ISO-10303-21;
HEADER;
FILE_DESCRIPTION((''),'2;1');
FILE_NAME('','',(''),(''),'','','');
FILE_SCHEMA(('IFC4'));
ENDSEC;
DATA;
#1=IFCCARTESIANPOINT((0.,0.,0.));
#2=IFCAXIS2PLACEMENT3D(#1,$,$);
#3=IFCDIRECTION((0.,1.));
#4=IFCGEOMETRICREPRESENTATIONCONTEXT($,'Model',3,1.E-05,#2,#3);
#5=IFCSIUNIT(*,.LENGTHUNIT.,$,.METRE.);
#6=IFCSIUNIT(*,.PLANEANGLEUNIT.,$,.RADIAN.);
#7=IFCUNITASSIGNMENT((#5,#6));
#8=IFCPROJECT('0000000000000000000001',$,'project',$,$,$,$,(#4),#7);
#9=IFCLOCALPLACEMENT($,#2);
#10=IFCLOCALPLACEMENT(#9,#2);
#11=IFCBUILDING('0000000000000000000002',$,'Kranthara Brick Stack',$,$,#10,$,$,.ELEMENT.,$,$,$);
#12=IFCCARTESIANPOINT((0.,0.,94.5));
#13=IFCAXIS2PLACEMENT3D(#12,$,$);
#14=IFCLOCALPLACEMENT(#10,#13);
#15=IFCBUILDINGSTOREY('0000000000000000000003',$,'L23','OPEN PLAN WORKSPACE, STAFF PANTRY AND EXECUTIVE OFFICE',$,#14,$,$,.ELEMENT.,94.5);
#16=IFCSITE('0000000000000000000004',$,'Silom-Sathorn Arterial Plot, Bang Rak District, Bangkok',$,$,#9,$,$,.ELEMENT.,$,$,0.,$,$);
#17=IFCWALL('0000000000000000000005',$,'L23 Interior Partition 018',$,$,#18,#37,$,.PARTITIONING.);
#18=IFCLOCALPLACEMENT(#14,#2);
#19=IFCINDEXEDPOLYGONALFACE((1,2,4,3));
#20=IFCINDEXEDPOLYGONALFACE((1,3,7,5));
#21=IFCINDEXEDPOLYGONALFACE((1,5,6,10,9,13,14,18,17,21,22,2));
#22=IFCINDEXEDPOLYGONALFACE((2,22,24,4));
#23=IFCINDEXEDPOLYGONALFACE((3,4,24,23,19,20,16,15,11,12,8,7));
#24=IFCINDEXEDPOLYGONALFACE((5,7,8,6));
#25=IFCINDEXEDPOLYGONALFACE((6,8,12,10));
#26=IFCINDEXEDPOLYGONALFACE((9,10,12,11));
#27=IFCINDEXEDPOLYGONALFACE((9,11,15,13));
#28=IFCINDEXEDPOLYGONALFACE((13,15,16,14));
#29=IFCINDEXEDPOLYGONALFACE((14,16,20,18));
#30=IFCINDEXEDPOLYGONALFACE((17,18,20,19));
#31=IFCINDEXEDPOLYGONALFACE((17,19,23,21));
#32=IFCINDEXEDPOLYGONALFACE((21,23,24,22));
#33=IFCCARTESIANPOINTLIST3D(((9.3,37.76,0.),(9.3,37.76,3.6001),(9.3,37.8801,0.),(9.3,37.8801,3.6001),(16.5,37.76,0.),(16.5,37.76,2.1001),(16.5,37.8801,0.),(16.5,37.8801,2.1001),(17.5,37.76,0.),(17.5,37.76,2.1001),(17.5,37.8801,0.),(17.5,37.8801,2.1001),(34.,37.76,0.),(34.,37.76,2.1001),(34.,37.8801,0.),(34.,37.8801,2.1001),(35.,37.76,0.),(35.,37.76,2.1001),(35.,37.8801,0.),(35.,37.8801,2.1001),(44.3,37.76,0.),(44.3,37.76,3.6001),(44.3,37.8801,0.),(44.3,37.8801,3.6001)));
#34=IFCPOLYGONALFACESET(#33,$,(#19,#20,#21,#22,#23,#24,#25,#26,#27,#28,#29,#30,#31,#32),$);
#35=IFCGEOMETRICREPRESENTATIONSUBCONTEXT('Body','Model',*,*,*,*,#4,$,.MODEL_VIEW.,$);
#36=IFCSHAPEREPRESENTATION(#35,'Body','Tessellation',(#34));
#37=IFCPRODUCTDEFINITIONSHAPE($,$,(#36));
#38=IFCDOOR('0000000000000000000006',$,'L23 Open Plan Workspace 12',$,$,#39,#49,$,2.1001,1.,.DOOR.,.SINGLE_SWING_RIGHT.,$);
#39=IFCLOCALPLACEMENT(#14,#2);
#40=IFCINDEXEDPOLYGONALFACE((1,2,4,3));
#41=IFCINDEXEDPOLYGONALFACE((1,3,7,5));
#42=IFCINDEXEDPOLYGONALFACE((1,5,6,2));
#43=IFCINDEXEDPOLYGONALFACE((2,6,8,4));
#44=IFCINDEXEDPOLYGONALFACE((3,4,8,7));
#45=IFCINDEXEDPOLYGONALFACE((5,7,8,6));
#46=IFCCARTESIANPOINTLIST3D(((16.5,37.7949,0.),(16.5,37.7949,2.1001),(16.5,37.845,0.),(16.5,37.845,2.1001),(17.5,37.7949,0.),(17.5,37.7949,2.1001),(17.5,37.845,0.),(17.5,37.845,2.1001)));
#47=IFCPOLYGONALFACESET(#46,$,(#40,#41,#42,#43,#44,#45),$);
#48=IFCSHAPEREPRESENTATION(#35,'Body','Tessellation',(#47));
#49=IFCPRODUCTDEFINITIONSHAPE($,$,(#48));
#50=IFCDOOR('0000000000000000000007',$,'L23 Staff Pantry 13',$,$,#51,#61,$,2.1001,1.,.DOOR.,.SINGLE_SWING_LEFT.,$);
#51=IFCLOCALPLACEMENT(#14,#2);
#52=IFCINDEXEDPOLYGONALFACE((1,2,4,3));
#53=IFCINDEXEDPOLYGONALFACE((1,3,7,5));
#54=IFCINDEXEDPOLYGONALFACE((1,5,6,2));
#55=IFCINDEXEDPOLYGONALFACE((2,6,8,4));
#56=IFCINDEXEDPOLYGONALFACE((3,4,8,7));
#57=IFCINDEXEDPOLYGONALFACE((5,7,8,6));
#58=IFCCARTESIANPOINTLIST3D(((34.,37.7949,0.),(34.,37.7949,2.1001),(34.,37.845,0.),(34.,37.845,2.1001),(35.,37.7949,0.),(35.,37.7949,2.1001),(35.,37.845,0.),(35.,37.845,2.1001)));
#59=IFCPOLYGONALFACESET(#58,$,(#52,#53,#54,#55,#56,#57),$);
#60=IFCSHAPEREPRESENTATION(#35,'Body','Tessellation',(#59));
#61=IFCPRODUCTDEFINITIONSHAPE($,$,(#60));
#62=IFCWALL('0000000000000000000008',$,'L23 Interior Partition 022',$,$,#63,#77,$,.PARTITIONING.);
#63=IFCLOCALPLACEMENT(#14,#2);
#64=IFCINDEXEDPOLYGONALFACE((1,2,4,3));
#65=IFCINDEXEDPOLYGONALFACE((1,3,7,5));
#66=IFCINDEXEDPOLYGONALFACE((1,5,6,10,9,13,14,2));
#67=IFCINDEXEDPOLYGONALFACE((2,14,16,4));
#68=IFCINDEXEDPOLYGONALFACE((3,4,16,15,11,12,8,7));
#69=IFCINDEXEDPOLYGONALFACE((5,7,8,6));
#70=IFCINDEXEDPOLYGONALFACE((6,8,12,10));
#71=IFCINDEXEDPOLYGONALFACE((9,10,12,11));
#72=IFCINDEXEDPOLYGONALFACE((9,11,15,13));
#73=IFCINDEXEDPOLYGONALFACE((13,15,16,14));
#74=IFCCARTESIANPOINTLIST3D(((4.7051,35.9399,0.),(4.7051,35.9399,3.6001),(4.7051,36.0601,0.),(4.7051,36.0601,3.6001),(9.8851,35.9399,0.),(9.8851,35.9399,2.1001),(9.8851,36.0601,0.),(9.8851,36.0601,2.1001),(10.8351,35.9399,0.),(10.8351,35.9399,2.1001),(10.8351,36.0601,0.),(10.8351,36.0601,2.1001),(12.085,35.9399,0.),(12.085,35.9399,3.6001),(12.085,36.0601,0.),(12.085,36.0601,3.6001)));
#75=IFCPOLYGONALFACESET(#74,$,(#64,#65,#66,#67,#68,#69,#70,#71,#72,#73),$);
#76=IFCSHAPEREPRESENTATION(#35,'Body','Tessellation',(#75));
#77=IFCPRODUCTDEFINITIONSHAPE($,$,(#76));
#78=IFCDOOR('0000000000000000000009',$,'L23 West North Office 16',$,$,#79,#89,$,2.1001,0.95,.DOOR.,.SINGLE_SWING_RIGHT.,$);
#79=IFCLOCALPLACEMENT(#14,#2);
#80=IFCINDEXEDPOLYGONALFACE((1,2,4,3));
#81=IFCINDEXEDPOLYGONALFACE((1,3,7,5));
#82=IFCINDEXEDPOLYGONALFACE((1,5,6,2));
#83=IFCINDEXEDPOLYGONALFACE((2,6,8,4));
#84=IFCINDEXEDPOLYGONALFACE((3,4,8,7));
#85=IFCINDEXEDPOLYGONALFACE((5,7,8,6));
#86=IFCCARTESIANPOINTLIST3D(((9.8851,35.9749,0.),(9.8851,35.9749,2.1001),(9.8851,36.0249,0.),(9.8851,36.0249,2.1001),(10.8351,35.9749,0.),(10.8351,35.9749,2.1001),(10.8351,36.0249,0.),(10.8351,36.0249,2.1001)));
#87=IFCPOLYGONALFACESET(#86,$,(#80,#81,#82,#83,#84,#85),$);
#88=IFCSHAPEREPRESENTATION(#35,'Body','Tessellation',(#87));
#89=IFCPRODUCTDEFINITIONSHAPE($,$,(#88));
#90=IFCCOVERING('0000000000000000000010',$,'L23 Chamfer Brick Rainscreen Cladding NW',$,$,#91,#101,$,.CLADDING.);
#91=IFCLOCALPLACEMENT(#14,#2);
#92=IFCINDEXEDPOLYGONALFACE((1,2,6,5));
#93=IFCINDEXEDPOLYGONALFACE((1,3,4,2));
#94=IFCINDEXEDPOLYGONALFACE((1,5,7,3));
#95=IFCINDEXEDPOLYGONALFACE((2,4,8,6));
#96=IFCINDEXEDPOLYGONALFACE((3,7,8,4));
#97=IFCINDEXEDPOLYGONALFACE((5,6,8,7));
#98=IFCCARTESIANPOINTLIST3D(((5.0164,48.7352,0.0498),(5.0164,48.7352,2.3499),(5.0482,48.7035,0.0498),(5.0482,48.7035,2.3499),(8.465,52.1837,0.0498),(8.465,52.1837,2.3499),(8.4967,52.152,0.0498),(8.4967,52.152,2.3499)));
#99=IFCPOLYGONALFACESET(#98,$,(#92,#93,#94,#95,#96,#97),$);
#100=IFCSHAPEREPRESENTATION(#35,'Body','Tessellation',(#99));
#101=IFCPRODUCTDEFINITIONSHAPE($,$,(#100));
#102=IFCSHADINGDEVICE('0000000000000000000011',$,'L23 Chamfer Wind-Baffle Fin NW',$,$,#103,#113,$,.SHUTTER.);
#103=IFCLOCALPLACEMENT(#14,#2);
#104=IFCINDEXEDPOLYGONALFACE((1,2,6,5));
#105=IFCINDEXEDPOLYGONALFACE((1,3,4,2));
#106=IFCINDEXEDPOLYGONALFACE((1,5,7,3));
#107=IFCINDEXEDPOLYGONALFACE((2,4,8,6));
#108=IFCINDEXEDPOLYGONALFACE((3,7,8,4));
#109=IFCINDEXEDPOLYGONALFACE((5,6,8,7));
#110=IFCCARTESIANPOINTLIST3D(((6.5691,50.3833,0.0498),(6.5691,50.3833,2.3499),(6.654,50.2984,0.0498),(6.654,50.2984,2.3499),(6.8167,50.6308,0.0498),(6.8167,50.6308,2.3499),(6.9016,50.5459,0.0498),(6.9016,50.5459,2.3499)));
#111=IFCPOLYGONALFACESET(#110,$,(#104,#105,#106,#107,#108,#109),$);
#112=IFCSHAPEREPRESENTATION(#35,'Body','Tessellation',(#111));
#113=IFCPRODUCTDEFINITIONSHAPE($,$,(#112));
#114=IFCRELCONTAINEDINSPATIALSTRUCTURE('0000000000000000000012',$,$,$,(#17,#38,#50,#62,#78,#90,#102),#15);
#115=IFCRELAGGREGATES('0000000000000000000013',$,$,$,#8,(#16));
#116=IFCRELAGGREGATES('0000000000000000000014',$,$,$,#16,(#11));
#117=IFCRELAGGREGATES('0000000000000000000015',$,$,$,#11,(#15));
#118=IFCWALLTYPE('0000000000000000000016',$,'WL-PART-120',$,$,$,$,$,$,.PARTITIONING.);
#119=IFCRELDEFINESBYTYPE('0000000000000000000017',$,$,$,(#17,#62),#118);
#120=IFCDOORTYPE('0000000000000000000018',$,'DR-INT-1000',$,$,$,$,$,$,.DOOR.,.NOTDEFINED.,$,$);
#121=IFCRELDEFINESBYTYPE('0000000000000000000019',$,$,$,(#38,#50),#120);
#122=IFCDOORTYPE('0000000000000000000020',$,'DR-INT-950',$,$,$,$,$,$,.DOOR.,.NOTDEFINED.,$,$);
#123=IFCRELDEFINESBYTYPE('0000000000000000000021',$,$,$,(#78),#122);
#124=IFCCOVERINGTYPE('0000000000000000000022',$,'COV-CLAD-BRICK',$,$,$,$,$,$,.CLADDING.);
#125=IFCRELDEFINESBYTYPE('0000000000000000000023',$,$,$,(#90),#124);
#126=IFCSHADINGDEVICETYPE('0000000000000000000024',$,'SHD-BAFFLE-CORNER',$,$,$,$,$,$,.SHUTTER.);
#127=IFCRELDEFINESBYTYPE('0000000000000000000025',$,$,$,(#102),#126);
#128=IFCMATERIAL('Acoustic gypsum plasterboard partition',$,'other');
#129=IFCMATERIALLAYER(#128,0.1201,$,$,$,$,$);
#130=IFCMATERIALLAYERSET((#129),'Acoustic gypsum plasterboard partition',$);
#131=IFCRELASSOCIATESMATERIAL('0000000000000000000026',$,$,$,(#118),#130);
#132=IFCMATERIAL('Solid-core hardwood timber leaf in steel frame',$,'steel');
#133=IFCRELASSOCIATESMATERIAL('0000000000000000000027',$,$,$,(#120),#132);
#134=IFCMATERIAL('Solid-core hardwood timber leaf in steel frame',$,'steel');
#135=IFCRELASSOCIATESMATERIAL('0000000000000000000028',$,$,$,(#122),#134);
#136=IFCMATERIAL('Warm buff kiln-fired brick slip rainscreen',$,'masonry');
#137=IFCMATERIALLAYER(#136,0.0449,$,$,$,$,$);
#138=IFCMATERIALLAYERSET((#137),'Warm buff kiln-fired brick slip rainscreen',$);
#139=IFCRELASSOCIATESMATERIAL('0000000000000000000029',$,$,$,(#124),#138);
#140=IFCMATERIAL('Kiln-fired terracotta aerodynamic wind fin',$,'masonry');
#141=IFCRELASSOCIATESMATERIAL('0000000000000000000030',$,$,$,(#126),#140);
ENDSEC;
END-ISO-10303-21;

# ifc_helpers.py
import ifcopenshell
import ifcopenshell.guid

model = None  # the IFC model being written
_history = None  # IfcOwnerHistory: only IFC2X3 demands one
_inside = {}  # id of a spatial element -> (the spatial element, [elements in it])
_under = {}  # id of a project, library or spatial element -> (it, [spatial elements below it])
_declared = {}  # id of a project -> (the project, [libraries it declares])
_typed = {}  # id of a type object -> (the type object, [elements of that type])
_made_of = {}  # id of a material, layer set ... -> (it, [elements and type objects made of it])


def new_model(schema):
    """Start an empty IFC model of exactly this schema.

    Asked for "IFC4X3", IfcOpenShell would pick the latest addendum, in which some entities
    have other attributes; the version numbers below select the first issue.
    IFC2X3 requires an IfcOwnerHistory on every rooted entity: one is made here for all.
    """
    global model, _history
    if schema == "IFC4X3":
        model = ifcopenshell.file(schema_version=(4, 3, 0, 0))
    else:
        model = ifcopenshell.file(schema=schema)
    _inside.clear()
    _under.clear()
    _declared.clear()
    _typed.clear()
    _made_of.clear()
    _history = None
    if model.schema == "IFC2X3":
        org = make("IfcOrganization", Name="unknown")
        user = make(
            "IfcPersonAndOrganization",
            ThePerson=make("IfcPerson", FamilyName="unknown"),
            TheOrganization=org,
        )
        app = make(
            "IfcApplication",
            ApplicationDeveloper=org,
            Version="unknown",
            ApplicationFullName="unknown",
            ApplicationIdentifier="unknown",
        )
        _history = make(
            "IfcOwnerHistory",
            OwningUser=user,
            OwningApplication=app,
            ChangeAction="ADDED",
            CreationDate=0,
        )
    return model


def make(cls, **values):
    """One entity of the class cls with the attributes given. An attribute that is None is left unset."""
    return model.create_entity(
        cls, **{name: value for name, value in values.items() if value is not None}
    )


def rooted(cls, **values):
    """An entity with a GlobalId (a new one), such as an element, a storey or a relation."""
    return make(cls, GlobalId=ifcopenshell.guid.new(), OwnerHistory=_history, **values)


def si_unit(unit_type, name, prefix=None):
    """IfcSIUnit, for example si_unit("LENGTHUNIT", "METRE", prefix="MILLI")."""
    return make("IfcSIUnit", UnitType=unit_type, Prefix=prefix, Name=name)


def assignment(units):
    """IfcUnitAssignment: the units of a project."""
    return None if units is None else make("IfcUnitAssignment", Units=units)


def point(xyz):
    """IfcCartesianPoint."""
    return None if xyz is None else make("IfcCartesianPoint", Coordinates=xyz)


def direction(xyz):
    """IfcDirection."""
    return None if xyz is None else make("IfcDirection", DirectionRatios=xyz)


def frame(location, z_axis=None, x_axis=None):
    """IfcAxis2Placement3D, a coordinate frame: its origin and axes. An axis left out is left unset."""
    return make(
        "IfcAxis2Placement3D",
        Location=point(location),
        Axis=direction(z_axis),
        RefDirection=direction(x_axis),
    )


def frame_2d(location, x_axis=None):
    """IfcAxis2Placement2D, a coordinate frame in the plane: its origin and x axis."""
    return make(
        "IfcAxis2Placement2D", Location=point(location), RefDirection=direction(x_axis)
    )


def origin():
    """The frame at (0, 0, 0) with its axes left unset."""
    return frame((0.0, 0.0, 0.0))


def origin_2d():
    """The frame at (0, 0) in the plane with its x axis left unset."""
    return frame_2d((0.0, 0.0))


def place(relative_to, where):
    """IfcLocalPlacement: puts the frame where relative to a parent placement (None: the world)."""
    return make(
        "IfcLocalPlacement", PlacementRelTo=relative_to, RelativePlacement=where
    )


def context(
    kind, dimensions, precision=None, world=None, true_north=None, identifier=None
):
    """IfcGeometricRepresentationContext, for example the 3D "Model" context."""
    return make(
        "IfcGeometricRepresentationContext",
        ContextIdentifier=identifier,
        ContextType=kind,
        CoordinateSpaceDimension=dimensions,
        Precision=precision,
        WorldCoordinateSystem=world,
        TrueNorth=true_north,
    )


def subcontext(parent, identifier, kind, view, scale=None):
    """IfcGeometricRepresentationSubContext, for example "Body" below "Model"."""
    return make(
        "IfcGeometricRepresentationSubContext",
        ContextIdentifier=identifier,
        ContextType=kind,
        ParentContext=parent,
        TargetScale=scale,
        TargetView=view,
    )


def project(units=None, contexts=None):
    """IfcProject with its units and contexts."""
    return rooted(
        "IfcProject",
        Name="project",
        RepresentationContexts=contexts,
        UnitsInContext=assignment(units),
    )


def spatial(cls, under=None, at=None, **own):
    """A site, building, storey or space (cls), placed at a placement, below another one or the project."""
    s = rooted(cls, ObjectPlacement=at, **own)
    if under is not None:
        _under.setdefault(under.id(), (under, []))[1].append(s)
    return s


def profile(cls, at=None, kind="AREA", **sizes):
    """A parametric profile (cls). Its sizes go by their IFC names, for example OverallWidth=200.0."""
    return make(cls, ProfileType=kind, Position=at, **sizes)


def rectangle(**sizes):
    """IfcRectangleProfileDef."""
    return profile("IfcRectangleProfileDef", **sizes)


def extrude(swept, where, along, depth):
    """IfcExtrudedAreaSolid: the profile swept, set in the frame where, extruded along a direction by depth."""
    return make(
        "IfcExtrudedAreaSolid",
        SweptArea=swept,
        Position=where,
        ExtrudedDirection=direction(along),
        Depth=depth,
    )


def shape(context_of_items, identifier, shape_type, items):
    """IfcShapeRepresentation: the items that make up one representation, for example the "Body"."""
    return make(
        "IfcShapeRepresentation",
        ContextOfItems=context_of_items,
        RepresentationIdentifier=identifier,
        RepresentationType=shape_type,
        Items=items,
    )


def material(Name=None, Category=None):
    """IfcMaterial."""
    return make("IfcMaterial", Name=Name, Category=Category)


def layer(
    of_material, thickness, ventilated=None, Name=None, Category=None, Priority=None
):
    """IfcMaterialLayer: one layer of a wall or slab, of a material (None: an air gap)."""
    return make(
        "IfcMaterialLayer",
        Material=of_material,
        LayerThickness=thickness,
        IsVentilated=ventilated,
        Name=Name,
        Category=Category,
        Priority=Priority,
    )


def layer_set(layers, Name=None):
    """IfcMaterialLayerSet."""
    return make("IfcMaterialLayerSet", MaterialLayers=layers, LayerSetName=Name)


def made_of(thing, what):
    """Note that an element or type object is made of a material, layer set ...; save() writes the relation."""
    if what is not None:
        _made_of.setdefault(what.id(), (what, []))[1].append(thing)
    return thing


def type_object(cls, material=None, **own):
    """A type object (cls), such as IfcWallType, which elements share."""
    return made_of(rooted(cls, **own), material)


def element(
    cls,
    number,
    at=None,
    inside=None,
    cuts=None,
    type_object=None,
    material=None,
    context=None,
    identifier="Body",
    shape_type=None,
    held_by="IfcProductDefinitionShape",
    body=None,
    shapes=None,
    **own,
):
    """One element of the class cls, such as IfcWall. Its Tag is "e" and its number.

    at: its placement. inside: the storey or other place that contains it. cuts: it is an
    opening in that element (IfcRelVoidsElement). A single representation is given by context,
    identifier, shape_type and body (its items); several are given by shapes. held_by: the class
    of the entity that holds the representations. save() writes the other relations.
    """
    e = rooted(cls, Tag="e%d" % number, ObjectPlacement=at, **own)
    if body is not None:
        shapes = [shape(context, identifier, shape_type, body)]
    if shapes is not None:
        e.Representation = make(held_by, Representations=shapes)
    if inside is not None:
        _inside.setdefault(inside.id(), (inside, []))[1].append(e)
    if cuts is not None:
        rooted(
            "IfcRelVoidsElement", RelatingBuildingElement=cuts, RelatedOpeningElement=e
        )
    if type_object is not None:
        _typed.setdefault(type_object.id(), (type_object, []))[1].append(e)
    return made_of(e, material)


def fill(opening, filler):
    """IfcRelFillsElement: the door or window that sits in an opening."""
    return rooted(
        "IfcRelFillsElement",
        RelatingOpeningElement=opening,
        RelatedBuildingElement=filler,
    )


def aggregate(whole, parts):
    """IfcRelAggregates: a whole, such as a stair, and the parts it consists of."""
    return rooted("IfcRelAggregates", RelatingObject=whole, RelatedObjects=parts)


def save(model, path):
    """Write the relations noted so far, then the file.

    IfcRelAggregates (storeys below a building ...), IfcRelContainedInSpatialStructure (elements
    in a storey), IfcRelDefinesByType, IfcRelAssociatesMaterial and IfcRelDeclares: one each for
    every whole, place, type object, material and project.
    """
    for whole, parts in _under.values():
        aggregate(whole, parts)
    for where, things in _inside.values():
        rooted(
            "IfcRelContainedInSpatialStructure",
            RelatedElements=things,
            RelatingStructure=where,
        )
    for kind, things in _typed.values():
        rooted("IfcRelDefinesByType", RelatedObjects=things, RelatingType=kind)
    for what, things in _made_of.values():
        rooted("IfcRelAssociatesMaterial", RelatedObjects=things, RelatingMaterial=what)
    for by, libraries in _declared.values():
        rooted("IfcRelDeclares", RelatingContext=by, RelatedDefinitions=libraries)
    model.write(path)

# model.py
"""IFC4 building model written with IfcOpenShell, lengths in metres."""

from ifc_helpers import new_model, si_unit, direction, frame, frame_2d, origin, origin_2d, place, context, subcontext, project, spatial, rectangle, extrude, material, layer, layer_set, type_object, element, fill, save


model = new_model("IFC4")

# Units and contexts
model_context = context("Model", 3, precision=1e-05, world=origin(), true_north=direction((0.0, 1.0)))
body_context = subcontext(model_context, "Body", "Model", "MODEL_VIEW")
ifc_project = project(units=[si_unit("LENGTHUNIT", "METRE"), si_unit("PLANEANGLEUNIT", "RADIAN")], contexts=[model_context])

# Site, building, storey
site_placement = place(None, origin())
site = spatial("IfcSite", under=ifc_project, at=site_placement, Name="Silom-Sathorn Arterial Plot, Bang Rak District, Bangkok", CompositionType="ELEMENT", RefElevation=0.0)
building_placement = place(site_placement, origin())
building = spatial("IfcBuilding", under=site, at=building_placement, Name="Kranthara Brick Stack", CompositionType="ELEMENT")
storey_placement = place(building_placement, frame((0.0, 0.0, 94.5)))
storey = spatial("IfcBuildingStorey", under=building, at=storey_placement, Name="L23", Description="OPEN PLAN WORKSPACE, STAFF PANTRY AND EXECUTIVE OFFICE", CompositionType="ELEMENT", Elevation=94.5)

# Wall, openings, doors
ifc_material_1 = material(Name="Acoustic gypsum plasterboard partition", Category="other")
ifc_layer_1 = layer(ifc_material_1, 0.1201)
ifc_layer_set_1 = layer_set([ifc_layer_1], Name="Acoustic gypsum plasterboard partition")
wall_type_1 = type_object("IfcWallType", Name="WL-PART-120", PredefinedType="PARTITIONING", material=ifc_layer_set_1)
wall_1_placement = place(storey_placement, frame((9.3, 37.8201, 0.0), z_axis=(0.0, 0.0, 1.0), x_axis=(1.0, 0.0, 0.0)))
wall_1 = element("IfcWall", 1, at=wall_1_placement, inside=storey, type_object=wall_type_1, Name="L23 Interior Partition 018", PredefinedType="PARTITIONING", context=body_context, shape_type="SweptSolid", body=[
    extrude(rectangle(XDim=35.0, YDim=0.1201, at=frame_2d((17.5, 0.0))), origin(), (0.0, 0.0, 1.0), 3.6001),
])
opening_1_placement = place(wall_1_placement, frame((7.2, 0.0, 0.0)))
opening_1 = element("IfcOpeningElement", 2, at=opening_1_placement, cuts=wall_1, PredefinedType="OPENING", context=body_context, shape_type="SweptSolid", body=[
    extrude(rectangle(XDim=1.0, YDim=2.1001, at=frame_2d((0.5, 1.05))), frame((0.0, 0.0701, 0.0), z_axis=(0.0, -1.0, 0.0), x_axis=(1.0, 0.0, 0.0)), (0.0, 0.0, 1.0), 0.1401),
])
opening_2_placement = place(wall_1_placement, frame((24.7, 0.0, 0.0)))
opening_2 = element("IfcOpeningElement", 3, at=opening_2_placement, cuts=wall_1, PredefinedType="OPENING", context=body_context, shape_type="SweptSolid", body=[
    extrude(rectangle(XDim=1.0, YDim=2.1001, at=frame_2d((0.5, 1.05))), frame((0.0, 0.0701, 0.0), z_axis=(0.0, -1.0, 0.0), x_axis=(1.0, 0.0, 0.0)), (0.0, 0.0, 1.0), 0.1401),
])
ifc_material_2 = material(Name="Solid-core hardwood timber leaf in steel frame", Category="steel")
door_type_1 = type_object("IfcDoorType", Name="DR-INT-1000", OperationType="NOTDEFINED", PredefinedType="DOOR", material=ifc_material_2)
door_1_placement = place(opening_1_placement, origin())
door_1 = element("IfcDoor", 4, at=door_1_placement, inside=storey, type_object=door_type_1, Name="L23 Open Plan Workspace 12", OperationType="SINGLE_SWING_RIGHT", OverallHeight=2.1001, OverallWidth=1.0, PredefinedType="DOOR", context=body_context, shape_type="SweptSolid", body=[
    extrude(rectangle(XDim=1.0, YDim=2.1001, at=frame_2d((0.5, 1.05))), frame((0.0, 0.0249, 0.0), z_axis=(0.0, -1.0, 0.0), x_axis=(1.0, 0.0, 0.0)), (0.0, 0.0, 1.0), 0.05),
])
fill(opening_1, door_1)
door_2_placement = place(opening_2_placement, origin())
door_2 = element("IfcDoor", 5, at=door_2_placement, inside=storey, type_object=door_type_1, Name="L23 Staff Pantry 13", OperationType="SINGLE_SWING_LEFT", OverallHeight=2.1001, OverallWidth=1.0, PredefinedType="DOOR", context=body_context, shape_type="SweptSolid", body=[
    extrude(rectangle(XDim=1.0, YDim=2.1001, at=frame_2d((0.5, 1.05))), frame((0.0, 0.0249, 0.0), z_axis=(0.0, -1.0, 0.0), x_axis=(1.0, 0.0, 0.0)), (0.0, 0.0, 1.0), 0.05),
])
fill(opening_2, door_2)

# Wall, opening, door
wall_2_placement = place(storey_placement, frame((4.7051, 36.0, 0.0), z_axis=(0.0, 0.0, 1.0), x_axis=(1.0, 0.0, 0.0)))
wall_2 = element("IfcWall", 6, at=wall_2_placement, inside=storey, type_object=wall_type_1, Name="L23 Interior Partition 022", PredefinedType="PARTITIONING", context=body_context, shape_type="SweptSolid", body=[
    extrude(rectangle(XDim=7.3799, YDim=0.1201, at=frame_2d((3.6899, 0.0))), origin(), (0.0, 0.0, 1.0), 3.6001),
])
opening_3_placement = place(wall_2_placement, frame((5.1799, 0.0, 0.0)))
opening_3 = element("IfcOpeningElement", 7, at=opening_3_placement, cuts=wall_2, PredefinedType="OPENING", context=body_context, shape_type="SweptSolid", body=[
    extrude(rectangle(XDim=0.95, YDim=2.1001, at=frame_2d((0.4751, 1.05))), frame((0.0, 0.0701, 0.0), z_axis=(0.0, -1.0, 0.0), x_axis=(1.0, 0.0, 0.0)), (0.0, 0.0, 1.0), 0.1401),
])
ifc_material_3 = material(Name="Solid-core hardwood timber leaf in steel frame", Category="steel")
door_type_2 = type_object("IfcDoorType", Name="DR-INT-950", OperationType="NOTDEFINED", PredefinedType="DOOR", material=ifc_material_3)
door_3_placement = place(opening_3_placement, origin())
door_3 = element("IfcDoor", 8, at=door_3_placement, inside=storey, type_object=door_type_2, Name="L23 West North Office 16", OperationType="SINGLE_SWING_RIGHT", OverallHeight=2.1001, OverallWidth=0.95, PredefinedType="DOOR", context=body_context, shape_type="SweptSolid", body=[
    extrude(rectangle(XDim=0.95, YDim=2.1001, at=frame_2d((0.4751, 1.05))), frame((0.0, 0.0249, 0.0), z_axis=(0.0, -1.0, 0.0), x_axis=(1.0, 0.0, 0.0)), (0.0, 0.0, 1.0), 0.05),
])
fill(opening_3, door_3)

# Covering
ifc_material_4 = material(Name="Warm buff kiln-fired brick slip rainscreen", Category="masonry")
ifc_layer_2 = layer(ifc_material_4, 0.0449)
ifc_layer_set_2 = layer_set([ifc_layer_2], Name="Warm buff kiln-fired brick slip rainscreen")
covering_type = type_object("IfcCoveringType", Name="COV-CLAD-BRICK", PredefinedType="CLADDING", material=ifc_layer_set_2)
covering_placement = place(storey_placement, frame((6.7566, 50.4436, 0.0498), z_axis=(0.0, 0.0, 1.0), x_axis=(0.707107, 0.707107, 0.0)))
element("IfcCovering", 9, at=covering_placement, inside=storey, type_object=covering_type, Name="L23 Chamfer Brick Rainscreen Cladding NW", PredefinedType="CLADDING", context=body_context, shape_type="SweptSolid", body=[
    extrude(rectangle(XDim=4.877, YDim=0.0449, at=origin_2d()), origin(), (0.0, 0.0, 1.0), 2.3),
])

# Shading device
ifc_material_5 = material(Name="Kiln-fired terracotta aerodynamic wind fin", Category="masonry")
shading_device_type = type_object("IfcShadingDeviceType", Name="SHD-BAFFLE-CORNER", PredefinedType="SHUTTER", material=ifc_material_5)
shading_device_placement = place(storey_placement, frame((6.7354, 50.4646, 0.0498), z_axis=(0.0, 0.0, 1.0), x_axis=(0.707107, 0.707107, 0.0)))
element("IfcShadingDevice", 10, at=shading_device_placement, inside=storey, type_object=shading_device_type, Name="L23 Chamfer Wind-Baffle Fin NW", PredefinedType="SHUTTER", context=body_context, shape_type="SweptSolid", body=[
    extrude(rectangle(XDim=0.3501, YDim=0.1201, at=origin_2d()), origin(), (0.0, 0.0, 1.0), 2.3),
])

save(model, "model.ifc")
